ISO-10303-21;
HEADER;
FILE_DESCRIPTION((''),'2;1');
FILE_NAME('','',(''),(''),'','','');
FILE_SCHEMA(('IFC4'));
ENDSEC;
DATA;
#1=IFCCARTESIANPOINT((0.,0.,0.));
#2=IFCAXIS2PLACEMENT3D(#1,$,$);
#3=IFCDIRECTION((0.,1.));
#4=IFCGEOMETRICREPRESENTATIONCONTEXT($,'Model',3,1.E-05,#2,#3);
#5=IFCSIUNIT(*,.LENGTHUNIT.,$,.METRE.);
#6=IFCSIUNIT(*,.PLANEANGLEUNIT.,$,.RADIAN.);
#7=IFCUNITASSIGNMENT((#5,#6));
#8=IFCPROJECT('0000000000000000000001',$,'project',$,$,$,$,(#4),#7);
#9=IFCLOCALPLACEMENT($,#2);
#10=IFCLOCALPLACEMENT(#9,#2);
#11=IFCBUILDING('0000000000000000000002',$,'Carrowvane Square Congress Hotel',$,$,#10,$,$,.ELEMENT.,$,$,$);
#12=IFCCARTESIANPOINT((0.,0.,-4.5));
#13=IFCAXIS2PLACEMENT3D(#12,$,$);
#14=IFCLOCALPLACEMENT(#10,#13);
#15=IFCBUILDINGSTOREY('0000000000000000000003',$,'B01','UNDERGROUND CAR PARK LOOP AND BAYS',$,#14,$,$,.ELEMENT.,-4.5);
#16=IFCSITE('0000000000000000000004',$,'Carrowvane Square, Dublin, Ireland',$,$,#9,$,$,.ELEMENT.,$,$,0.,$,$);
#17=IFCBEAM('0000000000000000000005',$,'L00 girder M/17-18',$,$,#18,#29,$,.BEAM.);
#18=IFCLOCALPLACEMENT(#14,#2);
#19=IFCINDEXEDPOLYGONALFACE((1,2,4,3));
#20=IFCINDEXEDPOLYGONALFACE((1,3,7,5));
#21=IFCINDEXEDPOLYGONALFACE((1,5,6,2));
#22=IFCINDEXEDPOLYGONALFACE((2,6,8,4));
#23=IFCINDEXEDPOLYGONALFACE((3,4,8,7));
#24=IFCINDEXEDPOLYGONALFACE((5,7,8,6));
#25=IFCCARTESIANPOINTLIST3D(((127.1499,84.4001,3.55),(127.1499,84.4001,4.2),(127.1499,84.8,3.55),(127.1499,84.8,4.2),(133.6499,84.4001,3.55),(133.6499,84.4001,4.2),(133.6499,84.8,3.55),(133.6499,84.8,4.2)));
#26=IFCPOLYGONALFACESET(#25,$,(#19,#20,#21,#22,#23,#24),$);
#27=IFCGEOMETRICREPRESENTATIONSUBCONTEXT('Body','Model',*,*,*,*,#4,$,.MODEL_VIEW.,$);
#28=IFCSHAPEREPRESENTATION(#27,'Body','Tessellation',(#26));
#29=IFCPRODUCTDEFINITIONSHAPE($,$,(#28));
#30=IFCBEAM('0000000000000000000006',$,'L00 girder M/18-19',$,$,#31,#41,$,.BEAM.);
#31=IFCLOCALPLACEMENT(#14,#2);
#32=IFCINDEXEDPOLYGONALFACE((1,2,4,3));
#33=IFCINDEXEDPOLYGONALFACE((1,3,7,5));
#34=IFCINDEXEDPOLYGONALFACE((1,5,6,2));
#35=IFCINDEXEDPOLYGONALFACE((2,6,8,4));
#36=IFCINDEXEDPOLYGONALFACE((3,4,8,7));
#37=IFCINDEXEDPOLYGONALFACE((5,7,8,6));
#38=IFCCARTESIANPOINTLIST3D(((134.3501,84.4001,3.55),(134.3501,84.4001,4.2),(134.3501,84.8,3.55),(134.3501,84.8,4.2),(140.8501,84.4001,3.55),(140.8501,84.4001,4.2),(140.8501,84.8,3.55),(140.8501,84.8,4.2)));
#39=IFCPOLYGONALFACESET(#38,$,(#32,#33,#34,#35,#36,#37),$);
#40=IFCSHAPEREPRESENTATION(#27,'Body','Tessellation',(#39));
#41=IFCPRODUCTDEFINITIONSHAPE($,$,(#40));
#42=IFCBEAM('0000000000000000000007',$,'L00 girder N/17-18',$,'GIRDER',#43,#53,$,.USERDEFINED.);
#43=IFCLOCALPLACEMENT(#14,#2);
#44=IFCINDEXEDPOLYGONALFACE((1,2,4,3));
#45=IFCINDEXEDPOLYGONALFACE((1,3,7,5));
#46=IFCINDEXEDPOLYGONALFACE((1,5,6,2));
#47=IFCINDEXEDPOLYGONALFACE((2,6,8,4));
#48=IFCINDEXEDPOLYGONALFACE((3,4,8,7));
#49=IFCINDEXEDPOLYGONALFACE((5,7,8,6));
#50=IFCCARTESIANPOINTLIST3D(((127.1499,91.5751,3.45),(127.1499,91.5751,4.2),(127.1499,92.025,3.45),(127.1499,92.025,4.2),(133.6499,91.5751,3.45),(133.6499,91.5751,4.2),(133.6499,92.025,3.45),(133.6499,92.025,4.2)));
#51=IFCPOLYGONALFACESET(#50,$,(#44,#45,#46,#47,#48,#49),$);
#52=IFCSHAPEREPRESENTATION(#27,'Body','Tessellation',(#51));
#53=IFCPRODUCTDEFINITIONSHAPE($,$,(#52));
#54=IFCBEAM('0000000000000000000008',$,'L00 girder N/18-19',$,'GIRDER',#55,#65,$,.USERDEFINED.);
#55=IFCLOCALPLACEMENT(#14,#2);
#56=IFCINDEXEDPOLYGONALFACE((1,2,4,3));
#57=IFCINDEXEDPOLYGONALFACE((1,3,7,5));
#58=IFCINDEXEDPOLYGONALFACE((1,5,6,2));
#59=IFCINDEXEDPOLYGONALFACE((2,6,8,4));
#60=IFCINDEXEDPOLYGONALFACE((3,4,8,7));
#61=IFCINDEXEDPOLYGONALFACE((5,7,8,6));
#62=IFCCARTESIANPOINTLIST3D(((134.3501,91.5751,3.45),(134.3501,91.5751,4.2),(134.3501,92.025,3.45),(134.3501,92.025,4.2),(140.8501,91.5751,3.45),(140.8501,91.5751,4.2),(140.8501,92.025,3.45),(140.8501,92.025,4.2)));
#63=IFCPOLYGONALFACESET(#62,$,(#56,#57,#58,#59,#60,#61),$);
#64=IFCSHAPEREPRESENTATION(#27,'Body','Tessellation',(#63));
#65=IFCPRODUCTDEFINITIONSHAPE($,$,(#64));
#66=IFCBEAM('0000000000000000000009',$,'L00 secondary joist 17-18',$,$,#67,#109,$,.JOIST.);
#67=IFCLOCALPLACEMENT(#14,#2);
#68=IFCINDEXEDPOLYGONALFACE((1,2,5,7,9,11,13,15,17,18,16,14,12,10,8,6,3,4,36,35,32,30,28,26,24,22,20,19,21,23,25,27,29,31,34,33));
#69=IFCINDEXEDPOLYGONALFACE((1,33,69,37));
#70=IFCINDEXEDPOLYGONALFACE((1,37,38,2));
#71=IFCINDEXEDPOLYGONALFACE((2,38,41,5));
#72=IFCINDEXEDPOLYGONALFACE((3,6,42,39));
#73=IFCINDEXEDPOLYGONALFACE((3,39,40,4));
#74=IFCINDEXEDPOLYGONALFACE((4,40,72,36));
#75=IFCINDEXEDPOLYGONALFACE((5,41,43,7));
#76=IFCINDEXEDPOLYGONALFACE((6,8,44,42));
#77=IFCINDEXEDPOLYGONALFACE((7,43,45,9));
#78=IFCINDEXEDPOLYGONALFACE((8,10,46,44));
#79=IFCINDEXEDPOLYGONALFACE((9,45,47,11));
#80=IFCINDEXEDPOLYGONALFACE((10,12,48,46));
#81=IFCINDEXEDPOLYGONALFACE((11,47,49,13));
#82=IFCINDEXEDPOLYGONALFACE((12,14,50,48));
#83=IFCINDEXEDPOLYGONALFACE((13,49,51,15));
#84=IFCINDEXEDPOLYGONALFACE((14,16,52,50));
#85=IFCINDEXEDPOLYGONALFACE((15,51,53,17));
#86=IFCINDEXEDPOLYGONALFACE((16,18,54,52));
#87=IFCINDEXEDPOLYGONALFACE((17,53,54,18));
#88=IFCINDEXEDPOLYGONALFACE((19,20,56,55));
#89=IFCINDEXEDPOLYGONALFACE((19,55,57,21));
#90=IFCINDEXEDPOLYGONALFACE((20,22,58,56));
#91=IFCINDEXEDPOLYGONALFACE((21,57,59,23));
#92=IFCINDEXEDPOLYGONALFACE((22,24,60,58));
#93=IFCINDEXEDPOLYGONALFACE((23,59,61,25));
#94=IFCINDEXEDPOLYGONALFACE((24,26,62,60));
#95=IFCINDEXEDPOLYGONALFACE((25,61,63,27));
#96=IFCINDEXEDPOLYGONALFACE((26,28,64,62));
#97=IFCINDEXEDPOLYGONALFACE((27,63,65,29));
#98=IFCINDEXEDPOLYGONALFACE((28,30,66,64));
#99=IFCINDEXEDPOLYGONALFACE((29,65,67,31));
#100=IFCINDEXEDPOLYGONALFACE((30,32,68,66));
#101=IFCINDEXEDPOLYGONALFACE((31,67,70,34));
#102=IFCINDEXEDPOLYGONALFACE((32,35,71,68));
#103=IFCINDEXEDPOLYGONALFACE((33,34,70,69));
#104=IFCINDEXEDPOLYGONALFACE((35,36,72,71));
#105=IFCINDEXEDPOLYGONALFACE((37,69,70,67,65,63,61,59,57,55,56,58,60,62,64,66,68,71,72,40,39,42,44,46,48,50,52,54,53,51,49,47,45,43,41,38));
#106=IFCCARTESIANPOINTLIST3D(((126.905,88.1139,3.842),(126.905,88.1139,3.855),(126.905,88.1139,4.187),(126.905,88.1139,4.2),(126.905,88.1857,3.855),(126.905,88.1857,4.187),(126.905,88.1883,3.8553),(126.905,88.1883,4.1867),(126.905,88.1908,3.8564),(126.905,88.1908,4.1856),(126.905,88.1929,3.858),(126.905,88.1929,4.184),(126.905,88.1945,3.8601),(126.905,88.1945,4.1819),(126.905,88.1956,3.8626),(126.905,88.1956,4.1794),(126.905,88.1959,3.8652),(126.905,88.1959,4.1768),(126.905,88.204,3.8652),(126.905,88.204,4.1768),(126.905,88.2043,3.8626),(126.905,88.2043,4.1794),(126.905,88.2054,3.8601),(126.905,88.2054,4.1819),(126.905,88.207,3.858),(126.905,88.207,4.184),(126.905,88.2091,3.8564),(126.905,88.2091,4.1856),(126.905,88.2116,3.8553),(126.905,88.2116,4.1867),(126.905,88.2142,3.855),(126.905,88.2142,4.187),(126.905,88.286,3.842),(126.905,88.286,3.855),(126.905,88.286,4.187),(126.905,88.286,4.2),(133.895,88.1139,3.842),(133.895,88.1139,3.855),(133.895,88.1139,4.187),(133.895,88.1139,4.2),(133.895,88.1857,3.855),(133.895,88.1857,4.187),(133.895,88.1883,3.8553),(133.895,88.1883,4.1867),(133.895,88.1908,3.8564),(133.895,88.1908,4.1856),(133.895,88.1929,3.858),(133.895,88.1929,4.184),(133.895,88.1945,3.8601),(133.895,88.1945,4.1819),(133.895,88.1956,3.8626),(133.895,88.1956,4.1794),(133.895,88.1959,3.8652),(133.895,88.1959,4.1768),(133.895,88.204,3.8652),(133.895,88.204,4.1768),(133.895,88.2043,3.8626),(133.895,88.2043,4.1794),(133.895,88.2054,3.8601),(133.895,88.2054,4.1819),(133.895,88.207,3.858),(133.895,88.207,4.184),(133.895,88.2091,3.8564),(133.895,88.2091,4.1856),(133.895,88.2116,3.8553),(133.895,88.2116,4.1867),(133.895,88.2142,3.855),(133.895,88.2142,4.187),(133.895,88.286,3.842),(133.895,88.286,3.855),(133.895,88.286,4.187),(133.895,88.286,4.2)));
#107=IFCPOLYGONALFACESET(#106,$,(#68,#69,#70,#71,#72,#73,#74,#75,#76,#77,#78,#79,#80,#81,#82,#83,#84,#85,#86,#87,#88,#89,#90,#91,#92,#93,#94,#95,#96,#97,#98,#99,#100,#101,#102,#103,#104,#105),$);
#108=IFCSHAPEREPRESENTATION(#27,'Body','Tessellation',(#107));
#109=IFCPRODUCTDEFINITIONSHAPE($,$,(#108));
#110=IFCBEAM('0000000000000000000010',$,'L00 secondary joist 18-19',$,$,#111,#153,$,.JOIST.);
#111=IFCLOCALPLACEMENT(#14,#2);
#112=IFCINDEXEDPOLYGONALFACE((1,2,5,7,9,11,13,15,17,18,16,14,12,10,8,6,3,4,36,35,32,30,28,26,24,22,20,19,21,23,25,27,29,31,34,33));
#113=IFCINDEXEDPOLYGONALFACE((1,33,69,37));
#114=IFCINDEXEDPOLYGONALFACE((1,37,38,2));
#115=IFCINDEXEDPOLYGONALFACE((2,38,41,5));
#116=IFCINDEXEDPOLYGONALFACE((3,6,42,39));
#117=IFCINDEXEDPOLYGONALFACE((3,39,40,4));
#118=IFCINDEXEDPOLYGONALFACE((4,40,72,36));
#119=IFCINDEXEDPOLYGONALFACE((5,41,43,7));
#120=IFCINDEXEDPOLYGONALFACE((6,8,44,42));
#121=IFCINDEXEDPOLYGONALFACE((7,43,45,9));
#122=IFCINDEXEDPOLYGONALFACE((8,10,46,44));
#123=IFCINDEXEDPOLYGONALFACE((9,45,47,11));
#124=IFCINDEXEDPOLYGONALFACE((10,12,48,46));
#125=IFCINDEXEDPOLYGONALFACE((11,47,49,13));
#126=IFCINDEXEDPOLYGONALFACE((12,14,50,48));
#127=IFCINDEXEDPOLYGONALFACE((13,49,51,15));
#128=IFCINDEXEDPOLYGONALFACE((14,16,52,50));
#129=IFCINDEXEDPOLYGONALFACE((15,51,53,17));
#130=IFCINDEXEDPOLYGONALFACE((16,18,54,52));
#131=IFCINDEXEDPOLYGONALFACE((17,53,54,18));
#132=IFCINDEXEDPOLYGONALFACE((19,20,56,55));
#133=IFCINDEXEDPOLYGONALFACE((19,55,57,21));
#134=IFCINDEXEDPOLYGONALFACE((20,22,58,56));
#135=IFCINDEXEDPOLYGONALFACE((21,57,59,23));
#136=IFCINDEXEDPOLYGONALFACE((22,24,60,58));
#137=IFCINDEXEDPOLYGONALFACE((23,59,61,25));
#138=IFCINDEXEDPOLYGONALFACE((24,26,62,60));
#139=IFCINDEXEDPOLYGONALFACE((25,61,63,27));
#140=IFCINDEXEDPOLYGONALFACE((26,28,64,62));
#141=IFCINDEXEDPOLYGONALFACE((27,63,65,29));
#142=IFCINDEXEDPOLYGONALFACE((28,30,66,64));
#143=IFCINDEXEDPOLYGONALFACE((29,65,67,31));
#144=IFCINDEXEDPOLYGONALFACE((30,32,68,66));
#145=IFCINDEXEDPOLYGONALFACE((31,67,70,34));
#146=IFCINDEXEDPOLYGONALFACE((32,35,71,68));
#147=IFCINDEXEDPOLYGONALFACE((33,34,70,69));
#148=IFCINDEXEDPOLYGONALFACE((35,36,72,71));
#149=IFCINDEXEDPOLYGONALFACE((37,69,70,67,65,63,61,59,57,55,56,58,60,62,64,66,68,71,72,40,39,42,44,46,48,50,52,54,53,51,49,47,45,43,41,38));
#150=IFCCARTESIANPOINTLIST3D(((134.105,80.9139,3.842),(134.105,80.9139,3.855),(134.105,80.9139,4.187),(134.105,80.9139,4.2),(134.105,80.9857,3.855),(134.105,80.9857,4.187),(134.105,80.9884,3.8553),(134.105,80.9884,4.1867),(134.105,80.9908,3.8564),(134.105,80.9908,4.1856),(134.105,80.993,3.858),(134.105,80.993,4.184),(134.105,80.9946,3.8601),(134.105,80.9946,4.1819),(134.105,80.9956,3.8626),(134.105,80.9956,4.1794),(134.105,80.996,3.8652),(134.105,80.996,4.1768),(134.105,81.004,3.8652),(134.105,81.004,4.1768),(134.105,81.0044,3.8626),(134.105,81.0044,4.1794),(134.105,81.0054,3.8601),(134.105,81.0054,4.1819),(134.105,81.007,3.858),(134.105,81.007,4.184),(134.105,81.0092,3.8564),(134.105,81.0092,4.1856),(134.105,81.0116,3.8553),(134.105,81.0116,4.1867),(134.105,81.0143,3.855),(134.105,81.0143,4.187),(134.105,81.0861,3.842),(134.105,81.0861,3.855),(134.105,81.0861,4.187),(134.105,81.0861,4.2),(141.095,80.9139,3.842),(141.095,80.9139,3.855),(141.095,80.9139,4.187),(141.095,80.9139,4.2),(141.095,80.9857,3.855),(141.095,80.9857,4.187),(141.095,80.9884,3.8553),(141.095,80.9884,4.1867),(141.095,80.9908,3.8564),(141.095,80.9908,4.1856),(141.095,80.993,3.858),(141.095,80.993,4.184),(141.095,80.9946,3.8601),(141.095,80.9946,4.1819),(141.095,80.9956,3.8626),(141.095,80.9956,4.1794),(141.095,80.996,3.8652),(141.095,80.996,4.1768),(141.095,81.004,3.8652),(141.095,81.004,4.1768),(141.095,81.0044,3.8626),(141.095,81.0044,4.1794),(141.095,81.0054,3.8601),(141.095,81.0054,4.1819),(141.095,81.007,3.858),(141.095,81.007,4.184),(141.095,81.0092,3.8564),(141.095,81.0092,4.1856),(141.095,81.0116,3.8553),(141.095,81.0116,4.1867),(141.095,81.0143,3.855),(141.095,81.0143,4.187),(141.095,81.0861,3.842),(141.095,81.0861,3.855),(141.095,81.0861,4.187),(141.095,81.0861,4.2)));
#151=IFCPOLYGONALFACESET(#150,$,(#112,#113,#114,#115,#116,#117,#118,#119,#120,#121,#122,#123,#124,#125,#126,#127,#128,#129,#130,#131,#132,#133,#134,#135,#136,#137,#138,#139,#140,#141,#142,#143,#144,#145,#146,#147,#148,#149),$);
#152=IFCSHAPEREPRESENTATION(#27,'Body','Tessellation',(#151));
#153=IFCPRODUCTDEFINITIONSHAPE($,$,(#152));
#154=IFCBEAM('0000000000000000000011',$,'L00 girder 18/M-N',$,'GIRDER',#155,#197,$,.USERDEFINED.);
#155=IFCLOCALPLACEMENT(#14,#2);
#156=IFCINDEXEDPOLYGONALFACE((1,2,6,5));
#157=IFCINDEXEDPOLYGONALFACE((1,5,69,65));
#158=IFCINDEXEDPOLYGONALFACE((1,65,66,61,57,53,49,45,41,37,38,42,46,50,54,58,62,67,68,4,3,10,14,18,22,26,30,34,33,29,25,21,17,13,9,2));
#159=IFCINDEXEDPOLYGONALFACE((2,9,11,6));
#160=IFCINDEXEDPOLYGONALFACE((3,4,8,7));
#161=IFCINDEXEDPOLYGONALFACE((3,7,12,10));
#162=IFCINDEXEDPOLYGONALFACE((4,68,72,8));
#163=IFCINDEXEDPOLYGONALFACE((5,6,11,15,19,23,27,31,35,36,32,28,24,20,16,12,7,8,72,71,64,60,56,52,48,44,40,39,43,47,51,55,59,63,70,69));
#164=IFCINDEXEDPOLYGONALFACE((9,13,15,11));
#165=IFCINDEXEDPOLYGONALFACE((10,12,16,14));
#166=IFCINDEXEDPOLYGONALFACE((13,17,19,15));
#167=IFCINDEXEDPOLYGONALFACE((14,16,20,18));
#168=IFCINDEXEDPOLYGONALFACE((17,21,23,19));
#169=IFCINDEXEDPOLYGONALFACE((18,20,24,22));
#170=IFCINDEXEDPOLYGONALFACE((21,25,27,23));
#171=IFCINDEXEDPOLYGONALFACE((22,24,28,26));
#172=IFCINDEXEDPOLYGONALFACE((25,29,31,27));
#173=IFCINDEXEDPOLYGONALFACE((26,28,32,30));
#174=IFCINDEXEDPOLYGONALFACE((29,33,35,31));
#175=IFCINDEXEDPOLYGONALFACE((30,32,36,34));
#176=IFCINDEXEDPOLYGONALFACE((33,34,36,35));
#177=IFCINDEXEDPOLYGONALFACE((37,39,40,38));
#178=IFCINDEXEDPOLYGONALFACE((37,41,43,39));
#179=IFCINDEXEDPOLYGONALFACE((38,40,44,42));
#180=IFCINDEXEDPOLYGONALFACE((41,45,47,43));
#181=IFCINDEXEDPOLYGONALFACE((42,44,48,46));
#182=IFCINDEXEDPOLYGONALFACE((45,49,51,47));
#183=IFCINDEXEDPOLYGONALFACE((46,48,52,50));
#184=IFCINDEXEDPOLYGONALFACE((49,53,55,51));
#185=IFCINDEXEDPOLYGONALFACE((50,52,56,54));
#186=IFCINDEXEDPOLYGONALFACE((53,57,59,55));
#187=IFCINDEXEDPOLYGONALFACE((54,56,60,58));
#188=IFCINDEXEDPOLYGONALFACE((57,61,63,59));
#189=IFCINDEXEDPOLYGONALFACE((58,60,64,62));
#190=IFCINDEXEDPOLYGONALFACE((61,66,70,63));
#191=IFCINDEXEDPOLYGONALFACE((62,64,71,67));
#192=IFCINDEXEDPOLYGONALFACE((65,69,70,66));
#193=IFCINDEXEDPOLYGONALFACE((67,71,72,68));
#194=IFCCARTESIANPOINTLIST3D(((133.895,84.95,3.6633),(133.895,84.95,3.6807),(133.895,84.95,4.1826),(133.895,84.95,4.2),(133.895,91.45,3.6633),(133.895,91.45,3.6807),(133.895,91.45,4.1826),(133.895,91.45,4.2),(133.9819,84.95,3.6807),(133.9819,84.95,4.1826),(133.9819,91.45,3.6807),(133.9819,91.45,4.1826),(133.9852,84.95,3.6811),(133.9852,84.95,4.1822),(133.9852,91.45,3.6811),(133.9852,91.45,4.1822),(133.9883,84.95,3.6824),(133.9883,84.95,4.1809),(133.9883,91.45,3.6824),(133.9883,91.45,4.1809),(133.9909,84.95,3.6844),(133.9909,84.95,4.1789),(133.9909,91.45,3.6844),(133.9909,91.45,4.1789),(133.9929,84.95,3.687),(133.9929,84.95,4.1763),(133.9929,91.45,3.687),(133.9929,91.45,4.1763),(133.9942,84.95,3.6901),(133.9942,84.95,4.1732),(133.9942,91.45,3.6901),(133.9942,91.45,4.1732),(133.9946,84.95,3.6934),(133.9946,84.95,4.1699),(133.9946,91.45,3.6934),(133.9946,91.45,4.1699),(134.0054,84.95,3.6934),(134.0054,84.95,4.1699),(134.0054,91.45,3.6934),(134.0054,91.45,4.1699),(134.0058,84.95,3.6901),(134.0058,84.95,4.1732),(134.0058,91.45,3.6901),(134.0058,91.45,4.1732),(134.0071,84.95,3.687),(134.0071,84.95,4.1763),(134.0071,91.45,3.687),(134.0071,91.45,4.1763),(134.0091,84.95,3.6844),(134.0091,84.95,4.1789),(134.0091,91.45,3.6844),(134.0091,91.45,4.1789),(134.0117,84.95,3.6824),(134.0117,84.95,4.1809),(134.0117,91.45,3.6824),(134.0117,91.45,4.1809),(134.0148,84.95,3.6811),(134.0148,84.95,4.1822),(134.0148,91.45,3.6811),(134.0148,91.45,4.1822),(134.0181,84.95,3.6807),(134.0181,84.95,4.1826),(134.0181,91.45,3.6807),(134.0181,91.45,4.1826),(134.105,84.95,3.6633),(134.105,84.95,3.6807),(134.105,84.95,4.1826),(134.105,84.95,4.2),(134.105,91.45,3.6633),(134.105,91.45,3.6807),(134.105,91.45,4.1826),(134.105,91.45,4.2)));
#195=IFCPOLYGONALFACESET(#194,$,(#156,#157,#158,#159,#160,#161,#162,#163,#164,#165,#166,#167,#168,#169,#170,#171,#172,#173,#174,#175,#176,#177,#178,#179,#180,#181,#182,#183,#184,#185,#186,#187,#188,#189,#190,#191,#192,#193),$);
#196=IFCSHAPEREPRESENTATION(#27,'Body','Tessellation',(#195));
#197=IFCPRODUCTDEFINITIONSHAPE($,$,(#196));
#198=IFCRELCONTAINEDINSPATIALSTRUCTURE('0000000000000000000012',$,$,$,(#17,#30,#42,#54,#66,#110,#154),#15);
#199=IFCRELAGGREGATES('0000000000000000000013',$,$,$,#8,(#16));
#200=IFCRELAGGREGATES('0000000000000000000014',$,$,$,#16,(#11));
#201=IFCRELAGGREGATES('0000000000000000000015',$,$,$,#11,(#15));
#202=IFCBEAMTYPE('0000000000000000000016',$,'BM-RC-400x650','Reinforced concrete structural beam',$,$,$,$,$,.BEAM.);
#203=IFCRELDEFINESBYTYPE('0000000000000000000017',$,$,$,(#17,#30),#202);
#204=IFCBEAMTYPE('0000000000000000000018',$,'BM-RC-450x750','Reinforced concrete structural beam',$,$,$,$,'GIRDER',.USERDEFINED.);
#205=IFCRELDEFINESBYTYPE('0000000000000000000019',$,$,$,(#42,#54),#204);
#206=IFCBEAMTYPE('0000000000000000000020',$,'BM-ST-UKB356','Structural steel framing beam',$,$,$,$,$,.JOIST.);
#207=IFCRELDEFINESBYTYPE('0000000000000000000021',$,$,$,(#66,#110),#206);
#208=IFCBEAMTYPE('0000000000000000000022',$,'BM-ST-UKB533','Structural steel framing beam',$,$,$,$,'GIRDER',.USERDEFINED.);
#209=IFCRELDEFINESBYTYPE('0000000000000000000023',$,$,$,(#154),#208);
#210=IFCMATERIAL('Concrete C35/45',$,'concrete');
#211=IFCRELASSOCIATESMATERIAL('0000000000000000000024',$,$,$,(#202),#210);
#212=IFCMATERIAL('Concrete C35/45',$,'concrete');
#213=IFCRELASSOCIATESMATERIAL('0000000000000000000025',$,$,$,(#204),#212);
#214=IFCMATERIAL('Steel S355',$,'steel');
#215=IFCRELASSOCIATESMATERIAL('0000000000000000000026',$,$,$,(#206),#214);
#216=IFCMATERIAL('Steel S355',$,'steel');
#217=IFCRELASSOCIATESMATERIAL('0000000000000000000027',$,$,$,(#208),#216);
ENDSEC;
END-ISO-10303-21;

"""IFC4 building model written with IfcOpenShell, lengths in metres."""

from ifc_helpers import new_model, si_unit, direction, frame, origin, origin_2d, place, context, subcontext, project, spatial, rectangle, i_section, extrude, material, material_profile, profile_set, type_object, element, save


model = new_model("IFC4")

# Units and contexts
model_context = context("Model", 3, precision=1e-05, world=origin(), true_north=direction((0.0, 1.0)))
body_context = subcontext(model_context, "Body", "Model", "MODEL_VIEW")
ifc_project = project(units=[si_unit("LENGTHUNIT", "METRE"), si_unit("PLANEANGLEUNIT", "RADIAN")], contexts=[model_context])

# Site, building, storey
site_placement = place(None, origin())
site = spatial("IfcSite", under=ifc_project, at=site_placement, Name="Carrowvane Square, Dublin, Ireland", CompositionType="ELEMENT", RefElevation=0.0)
building_placement = place(site_placement, origin())
building = spatial("IfcBuilding", under=site, at=building_placement, Name="Carrowvane Square Congress Hotel", CompositionType="ELEMENT")
storey_placement = place(building_placement, frame((0.0, 0.0, -4.5)))
storey = spatial("IfcBuildingStorey", under=building, at=storey_placement, Name="B01", Description="UNDERGROUND CAR PARK LOOP AND BAYS", CompositionType="ELEMENT", Elevation=-4.5)

# Beams
ifc_material_1 = material(Name="Concrete C35/45", Category="concrete")
ifc_material_profile_1 = material_profile(ifc_material_1, rectangle(XDim=0.3999, YDim=0.6499, at=origin_2d()), Name="RC 400x650")
ifc_profile_set_1 = profile_set([ifc_material_profile_1], Name="Concrete C35/45")
beam_type_1 = type_object("IfcBeamType", Name="BM-RC-400x650", Description="Reinforced concrete structural beam", PredefinedType="BEAM", material=ifc_profile_set_1)
for number, where, z_axis, x_axis, name in (
    (1, (127.1499, 84.6001, 3.875), (1.0, 0.0, 0.0), (0.0, 1.0, 0.0), "L00 girder M/17-18"),
    (2, (134.3501, 84.6001, 3.875), (1.0, 0.0, 0.0), (0.0, 1.0, 0.0), "L00 girder M/18-19"),
):
    element("IfcBeam", number, at=place(storey_placement, frame(where, z_axis=z_axis, x_axis=x_axis)), inside=storey, type_object=beam_type_1, Name=name, PredefinedType="BEAM", context=body_context, shape_type="SweptSolid", body=[
        extrude(rectangle(XDim=0.3999, YDim=0.6499, at=origin_2d()), origin(), (0.0, 0.0, 1.0), 6.5),
    ])
ifc_material_2 = material(Name="Concrete C35/45", Category="concrete")
ifc_material_profile_2 = material_profile(ifc_material_2, rectangle(XDim=0.45, YDim=0.75, at=origin_2d()), Name="RC 450x750")
ifc_profile_set_2 = profile_set([ifc_material_profile_2], Name="Concrete C35/45")
beam_type_2 = type_object("IfcBeamType", Name="BM-RC-450x750", Description="Reinforced concrete structural beam", ElementType="GIRDER", PredefinedType="USERDEFINED", material=ifc_profile_set_2)
for number, where, z_axis, x_axis, name in (
    (3, (127.1499, 91.8, 3.825), (1.0, 0.0, 0.0), (0.0, 1.0, 0.0), "L00 girder N/17-18"),
    (4, (134.3501, 91.8, 3.825), (1.0, 0.0, 0.0), (0.0, 1.0, 0.0), "L00 girder N/18-19"),
):
    element("IfcBeam", number, at=place(storey_placement, frame(where, z_axis=z_axis, x_axis=x_axis)), inside=storey, type_object=beam_type_2, Name=name, ObjectType="GIRDER", PredefinedType="USERDEFINED", context=body_context, shape_type="SweptSolid", body=[
        extrude(rectangle(XDim=0.45, YDim=0.75, at=origin_2d()), origin(), (0.0, 0.0, 1.0), 6.5),
    ])
ifc_material_3 = material(Name="Steel S355", Category="steel")
ifc_material_profile_3 = material_profile(ifc_material_3, i_section(OverallWidth=0.1721, OverallDepth=0.3579, WebThickness=0.0081, FlangeThickness=0.0129, FilletRadius=0.0103, at=origin_2d()), Name="UKB 356x171x57")
ifc_profile_set_3 = profile_set([ifc_material_profile_3], Name="Steel S355")
beam_type_3 = type_object("IfcBeamType", Name="BM-ST-UKB356", Description="Structural steel framing beam", PredefinedType="JOIST", material=ifc_profile_set_3)
for number, where, z_axis, x_axis, name in (
    (5, (126.905, 88.2, 4.021), (1.0, 0.0, 0.0), (0.0, 1.0, 0.0), "L00 secondary joist 17-18"),
    (6, (134.105, 81.0, 4.021), (1.0, 0.0, 0.0), (0.0, 1.0, 0.0), "L00 secondary joist 18-19"),
):
    element("IfcBeam", number, at=place(storey_placement, frame(where, z_axis=z_axis, x_axis=x_axis)), inside=storey, type_object=beam_type_3, Name=name, PredefinedType="JOIST", context=body_context, shape_type="SweptSolid", body=[
        extrude(i_section(OverallWidth=0.1721, OverallDepth=0.3579, WebThickness=0.0081, FlangeThickness=0.0129, FilletRadius=0.0103, at=origin_2d()), origin(), (0.0, 0.0, 1.0), 6.99),
    ])
ifc_material_4 = material(Name="Steel S355", Category="steel")
ifc_material_profile_4 = material_profile(ifc_material_4, i_section(OverallWidth=0.21, OverallDepth=0.5366, WebThickness=0.0107, FlangeThickness=0.0173, FilletRadius=0.0127, at=origin_2d()), Name="UKB 533x210x101")
ifc_profile_set_4 = profile_set([ifc_material_profile_4], Name="Steel S355")
beam_type_4 = type_object("IfcBeamType", Name="BM-ST-UKB533", Description="Structural steel framing beam", ElementType="GIRDER", PredefinedType="USERDEFINED", material=ifc_profile_set_4)
beam_placement = place(storey_placement, frame((134.0, 84.95, 3.9316), z_axis=(0.0, 1.0, 0.0), x_axis=(-1.0, 0.0, 0.0)))
element("IfcBeam", 7, at=beam_placement, inside=storey, type_object=beam_type_4, Name="L00 girder 18/M-N", ObjectType="GIRDER", PredefinedType="USERDEFINED", context=body_context, shape_type="SweptSolid", body=[
    extrude(i_section(OverallWidth=0.21, OverallDepth=0.5366, WebThickness=0.0107, FlangeThickness=0.0173, FilletRadius=0.0127, at=origin_2d()), origin(), (0.0, 0.0, 1.0), 6.5),
])

save(model, "model.ifc")
